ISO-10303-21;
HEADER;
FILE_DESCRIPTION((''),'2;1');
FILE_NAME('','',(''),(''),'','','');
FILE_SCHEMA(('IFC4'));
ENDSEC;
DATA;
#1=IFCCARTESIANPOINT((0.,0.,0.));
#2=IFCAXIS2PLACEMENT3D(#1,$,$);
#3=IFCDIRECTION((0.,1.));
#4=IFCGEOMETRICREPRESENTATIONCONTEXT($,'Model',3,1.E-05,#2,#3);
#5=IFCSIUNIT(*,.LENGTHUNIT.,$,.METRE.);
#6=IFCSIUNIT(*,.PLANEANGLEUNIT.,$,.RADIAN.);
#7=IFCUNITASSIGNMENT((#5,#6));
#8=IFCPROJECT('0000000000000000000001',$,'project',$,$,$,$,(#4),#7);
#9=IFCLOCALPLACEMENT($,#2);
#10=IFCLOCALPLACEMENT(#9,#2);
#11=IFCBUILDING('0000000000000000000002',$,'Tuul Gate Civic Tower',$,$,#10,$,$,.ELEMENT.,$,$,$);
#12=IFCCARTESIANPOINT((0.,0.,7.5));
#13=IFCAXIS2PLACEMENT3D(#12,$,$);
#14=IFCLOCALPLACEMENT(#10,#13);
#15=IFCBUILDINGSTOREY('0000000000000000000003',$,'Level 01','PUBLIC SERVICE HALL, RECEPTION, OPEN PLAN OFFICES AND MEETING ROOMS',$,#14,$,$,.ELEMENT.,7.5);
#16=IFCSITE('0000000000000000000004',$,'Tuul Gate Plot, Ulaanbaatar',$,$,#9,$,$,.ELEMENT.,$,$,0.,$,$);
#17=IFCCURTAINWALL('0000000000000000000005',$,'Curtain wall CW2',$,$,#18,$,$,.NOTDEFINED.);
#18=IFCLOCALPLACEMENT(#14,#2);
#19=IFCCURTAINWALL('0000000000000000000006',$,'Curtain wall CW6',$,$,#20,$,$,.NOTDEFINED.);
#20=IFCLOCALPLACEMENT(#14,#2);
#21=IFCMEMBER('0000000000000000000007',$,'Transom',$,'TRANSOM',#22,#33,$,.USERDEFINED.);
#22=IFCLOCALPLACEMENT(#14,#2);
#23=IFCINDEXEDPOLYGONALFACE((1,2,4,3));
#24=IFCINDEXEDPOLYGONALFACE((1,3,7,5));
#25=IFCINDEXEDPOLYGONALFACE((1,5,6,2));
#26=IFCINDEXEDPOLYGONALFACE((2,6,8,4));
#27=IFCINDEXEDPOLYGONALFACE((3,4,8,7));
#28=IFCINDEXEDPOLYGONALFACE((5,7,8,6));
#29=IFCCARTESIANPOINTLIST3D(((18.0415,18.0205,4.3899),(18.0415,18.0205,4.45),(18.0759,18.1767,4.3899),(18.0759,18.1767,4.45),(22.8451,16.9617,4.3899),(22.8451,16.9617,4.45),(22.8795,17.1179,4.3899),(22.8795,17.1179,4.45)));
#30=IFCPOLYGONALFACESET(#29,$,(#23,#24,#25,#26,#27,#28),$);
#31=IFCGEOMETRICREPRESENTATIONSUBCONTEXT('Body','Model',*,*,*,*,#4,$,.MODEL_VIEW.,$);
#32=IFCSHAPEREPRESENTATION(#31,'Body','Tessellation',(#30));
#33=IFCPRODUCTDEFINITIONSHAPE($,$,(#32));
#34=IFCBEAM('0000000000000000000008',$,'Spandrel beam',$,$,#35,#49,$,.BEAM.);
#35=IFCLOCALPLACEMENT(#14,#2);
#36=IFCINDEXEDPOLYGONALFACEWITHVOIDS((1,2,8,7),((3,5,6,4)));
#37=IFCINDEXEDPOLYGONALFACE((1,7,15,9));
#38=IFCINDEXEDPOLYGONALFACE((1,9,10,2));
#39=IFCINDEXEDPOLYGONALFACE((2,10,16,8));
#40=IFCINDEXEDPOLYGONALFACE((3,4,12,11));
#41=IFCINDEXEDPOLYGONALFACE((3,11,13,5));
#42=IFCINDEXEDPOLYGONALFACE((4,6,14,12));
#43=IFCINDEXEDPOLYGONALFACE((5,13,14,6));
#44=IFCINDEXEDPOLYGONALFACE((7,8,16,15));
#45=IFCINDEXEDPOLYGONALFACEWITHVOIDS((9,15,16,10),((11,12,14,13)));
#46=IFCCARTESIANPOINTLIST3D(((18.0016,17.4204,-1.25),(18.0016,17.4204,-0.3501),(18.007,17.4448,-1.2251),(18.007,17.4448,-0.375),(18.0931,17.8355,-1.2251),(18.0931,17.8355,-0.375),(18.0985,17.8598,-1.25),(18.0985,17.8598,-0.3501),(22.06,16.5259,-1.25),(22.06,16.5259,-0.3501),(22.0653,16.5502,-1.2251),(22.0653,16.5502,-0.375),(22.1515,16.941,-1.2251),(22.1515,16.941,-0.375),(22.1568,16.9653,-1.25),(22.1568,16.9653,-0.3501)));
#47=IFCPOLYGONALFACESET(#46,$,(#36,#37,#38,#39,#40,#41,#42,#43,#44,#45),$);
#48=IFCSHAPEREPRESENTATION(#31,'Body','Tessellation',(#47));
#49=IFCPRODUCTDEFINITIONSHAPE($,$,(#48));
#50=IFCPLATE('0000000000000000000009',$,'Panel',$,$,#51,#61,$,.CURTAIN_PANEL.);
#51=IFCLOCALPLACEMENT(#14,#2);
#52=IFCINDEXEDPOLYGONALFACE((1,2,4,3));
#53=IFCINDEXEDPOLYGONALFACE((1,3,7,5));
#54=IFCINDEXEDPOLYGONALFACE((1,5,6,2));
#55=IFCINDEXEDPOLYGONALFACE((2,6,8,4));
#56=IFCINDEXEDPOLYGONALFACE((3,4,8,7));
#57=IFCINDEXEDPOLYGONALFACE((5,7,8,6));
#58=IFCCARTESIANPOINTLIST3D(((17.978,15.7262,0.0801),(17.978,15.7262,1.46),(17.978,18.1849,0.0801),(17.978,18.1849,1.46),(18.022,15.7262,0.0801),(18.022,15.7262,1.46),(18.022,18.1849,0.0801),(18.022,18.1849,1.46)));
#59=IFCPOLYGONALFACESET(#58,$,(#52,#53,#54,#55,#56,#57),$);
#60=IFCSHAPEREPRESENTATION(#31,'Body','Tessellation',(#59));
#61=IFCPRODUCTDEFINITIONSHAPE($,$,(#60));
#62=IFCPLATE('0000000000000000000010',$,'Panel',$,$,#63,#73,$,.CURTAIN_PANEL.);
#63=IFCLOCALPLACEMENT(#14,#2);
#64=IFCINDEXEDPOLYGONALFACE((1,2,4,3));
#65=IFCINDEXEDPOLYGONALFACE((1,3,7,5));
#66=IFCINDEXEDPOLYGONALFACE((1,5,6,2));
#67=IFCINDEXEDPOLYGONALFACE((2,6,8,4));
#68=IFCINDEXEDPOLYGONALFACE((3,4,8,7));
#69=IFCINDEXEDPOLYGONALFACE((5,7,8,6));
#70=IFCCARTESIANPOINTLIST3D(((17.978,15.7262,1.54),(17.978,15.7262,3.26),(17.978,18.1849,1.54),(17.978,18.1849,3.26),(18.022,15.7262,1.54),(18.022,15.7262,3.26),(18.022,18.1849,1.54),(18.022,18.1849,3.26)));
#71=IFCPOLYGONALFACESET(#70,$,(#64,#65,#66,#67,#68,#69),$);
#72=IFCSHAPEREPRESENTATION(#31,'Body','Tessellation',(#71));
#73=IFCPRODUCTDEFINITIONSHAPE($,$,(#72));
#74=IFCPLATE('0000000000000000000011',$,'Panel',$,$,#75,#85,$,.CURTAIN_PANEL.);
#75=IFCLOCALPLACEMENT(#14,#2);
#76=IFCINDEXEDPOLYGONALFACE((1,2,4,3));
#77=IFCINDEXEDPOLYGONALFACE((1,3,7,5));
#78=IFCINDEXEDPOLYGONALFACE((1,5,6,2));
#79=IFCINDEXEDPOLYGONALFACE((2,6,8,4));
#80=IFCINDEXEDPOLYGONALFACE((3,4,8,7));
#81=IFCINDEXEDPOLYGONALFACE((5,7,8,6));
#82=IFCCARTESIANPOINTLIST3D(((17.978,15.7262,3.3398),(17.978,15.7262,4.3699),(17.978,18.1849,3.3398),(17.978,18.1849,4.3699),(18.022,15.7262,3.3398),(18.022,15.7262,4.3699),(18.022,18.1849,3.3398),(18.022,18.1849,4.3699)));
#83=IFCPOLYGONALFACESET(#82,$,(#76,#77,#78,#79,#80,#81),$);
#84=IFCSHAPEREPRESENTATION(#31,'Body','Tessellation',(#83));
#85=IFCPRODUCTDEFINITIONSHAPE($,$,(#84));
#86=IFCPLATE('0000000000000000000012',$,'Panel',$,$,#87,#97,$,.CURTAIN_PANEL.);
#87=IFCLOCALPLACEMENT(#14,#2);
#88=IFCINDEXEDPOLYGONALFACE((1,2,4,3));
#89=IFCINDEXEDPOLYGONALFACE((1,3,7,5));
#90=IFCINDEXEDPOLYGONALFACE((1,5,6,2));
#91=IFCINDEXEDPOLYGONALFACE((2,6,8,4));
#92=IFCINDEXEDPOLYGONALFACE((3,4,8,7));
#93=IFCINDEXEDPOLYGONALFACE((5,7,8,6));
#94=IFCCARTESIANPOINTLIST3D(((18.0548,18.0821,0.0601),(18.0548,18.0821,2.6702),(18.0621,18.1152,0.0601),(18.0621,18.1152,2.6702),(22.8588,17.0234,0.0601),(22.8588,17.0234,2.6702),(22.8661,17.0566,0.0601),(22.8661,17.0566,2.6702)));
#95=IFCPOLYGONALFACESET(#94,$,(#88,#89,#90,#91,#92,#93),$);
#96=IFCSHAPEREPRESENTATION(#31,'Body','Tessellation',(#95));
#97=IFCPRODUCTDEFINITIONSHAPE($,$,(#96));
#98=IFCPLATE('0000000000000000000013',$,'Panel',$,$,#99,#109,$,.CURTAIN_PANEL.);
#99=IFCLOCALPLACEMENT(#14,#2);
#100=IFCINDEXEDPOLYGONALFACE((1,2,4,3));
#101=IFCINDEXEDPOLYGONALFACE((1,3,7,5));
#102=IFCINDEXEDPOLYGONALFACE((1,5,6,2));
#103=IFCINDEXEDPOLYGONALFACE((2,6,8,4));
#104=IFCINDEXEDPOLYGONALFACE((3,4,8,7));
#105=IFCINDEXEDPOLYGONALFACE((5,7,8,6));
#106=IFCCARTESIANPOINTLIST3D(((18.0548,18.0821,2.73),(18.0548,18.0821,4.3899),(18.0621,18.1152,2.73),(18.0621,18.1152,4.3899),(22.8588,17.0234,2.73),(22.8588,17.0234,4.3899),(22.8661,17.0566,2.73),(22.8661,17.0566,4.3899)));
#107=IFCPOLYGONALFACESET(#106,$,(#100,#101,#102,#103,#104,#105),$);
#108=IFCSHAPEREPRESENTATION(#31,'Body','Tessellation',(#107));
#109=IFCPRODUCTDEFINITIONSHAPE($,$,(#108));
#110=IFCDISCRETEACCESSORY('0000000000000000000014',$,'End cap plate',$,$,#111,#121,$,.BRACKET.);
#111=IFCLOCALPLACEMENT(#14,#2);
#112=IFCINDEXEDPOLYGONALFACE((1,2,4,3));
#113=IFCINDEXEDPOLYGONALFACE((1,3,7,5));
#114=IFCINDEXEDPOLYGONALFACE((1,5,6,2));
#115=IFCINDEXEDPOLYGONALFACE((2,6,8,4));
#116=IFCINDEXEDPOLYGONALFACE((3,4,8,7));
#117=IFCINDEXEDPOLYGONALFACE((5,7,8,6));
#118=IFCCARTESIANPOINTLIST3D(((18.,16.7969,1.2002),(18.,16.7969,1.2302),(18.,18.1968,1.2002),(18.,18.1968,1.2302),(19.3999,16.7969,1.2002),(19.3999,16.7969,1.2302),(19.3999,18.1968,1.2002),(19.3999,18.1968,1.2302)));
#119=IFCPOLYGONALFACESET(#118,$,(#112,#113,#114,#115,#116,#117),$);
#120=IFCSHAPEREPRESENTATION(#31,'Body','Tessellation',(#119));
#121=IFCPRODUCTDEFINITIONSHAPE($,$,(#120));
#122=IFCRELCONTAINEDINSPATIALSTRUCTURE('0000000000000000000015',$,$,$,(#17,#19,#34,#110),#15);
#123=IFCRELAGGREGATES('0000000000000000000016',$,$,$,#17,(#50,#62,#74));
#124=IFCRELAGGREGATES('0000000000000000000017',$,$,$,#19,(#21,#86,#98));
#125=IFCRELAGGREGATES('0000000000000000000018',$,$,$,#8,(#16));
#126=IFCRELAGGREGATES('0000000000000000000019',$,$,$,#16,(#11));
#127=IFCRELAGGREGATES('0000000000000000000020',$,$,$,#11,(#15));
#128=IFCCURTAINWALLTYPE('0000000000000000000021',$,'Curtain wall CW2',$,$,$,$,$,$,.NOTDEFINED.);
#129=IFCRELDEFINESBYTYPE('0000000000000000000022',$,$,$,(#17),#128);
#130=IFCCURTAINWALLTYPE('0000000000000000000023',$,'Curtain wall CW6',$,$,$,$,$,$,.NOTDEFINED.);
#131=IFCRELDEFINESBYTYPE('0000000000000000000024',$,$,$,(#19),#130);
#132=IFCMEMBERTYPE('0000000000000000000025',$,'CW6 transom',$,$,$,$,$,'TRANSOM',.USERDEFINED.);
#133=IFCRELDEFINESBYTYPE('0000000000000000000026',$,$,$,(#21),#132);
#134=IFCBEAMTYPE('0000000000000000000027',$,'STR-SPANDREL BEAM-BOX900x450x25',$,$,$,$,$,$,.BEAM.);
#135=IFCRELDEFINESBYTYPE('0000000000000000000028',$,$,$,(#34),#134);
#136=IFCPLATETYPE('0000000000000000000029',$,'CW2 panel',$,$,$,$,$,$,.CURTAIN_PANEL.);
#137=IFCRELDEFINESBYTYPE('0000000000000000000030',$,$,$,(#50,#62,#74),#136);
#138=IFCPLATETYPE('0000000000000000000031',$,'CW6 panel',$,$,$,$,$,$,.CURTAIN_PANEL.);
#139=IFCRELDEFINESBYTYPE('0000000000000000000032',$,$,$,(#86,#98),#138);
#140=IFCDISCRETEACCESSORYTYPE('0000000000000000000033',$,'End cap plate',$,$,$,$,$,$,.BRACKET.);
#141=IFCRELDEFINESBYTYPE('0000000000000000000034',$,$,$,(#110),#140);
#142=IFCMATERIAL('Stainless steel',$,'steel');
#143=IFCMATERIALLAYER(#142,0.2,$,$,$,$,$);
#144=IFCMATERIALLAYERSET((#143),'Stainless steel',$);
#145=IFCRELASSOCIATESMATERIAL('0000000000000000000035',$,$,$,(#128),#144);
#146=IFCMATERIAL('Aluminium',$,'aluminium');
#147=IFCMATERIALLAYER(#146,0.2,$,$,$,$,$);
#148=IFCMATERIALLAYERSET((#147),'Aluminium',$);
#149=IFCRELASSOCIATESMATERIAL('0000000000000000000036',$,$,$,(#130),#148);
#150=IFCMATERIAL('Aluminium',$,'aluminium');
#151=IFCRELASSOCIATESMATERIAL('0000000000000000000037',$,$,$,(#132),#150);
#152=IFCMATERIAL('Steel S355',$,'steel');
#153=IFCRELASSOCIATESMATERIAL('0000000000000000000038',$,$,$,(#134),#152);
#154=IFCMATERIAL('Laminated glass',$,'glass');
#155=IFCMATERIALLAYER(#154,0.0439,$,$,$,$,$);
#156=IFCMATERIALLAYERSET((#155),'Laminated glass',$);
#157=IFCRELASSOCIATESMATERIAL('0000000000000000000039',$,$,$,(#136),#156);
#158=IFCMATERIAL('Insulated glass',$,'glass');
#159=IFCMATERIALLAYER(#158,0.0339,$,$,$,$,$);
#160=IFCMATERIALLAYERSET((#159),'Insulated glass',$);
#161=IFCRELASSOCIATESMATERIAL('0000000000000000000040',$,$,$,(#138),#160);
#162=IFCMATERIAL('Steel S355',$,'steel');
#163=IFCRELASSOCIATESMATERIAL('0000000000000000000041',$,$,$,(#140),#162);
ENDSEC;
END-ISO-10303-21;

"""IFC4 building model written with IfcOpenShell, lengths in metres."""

from ifc_helpers import new_model, si_unit, direction, frame, origin, origin_2d, place, context, subcontext, project, spatial, rectangle, hollow_rectangle, extrude, material, layer, layer_set, material_profile, profile_set, type_object, element, aggregate, save


model = new_model("IFC4")

# Units and contexts
model_context = context("Model", 3, precision=1e-05, world=origin(), true_north=direction((0.0, 1.0)))
body_context = subcontext(model_context, "Body", "Model", "MODEL_VIEW")
ifc_project = project(units=[si_unit("LENGTHUNIT", "METRE"), si_unit("PLANEANGLEUNIT", "RADIAN")], contexts=[model_context])

# Site, building, storey
site_placement = place(None, origin())
site = spatial("IfcSite", under=ifc_project, at=site_placement, Name="Tuul Gate Plot, Ulaanbaatar", CompositionType="ELEMENT", RefElevation=0.0)
building_placement = place(site_placement, origin())
building = spatial("IfcBuilding", under=site, at=building_placement, Name="Tuul Gate Civic Tower", CompositionType="ELEMENT")
storey_placement = place(building_placement, frame((0.0, 0.0, 7.5)))
storey = spatial("IfcBuildingStorey", under=building, at=storey_placement, Name="Level 01", Description="PUBLIC SERVICE HALL, RECEPTION, OPEN PLAN OFFICES AND MEETING ROOMS", CompositionType="ELEMENT", Elevation=7.5)

# Curtain walls, member
ifc_material_1 = material(Name="Stainless steel", Category="steel")
ifc_layer_1 = layer(ifc_material_1, 0.2)
ifc_layer_set_1 = layer_set([ifc_layer_1], Name="Stainless steel")
curtain_wall_type_1 = type_object("IfcCurtainWallType", Name="Curtain wall CW2", PredefinedType="NOTDEFINED", material=ifc_layer_set_1)
curtain_wall_1_placement = place(storey_placement, origin())
curtain_wall_1 = element("IfcCurtainWall", 1, at=curtain_wall_1_placement, inside=storey, type_object=curtain_wall_type_1, Name="Curtain wall CW2", PredefinedType="NOTDEFINED")
ifc_material_2 = material(Name="Aluminium", Category="aluminium")
ifc_layer_2 = layer(ifc_material_2, 0.2)
ifc_layer_set_2 = layer_set([ifc_layer_2], Name="Aluminium")
curtain_wall_type_2 = type_object("IfcCurtainWallType", Name="Curtain wall CW6", PredefinedType="NOTDEFINED", material=ifc_layer_set_2)
curtain_wall_2_placement = place(storey_placement, origin())
curtain_wall_2 = element("IfcCurtainWall", 2, at=curtain_wall_2_placement, inside=storey, type_object=curtain_wall_type_2, Name="Curtain wall CW6", PredefinedType="NOTDEFINED")
ifc_material_3 = material(Name="Aluminium", Category="aluminium")
ifc_material_profile_1 = material_profile(ifc_material_3, rectangle(XDim=0.1599, YDim=0.0601, at=origin_2d()), Name="CW6 transom")
ifc_profile_set_1 = profile_set([ifc_material_profile_1], Name="Aluminium")
member_type_1 = type_object("IfcMemberType", Name="CW6 transom", ElementType="TRANSOM", PredefinedType="USERDEFINED", material=ifc_profile_set_1)
member_1_placement = place(storey_placement, frame((22.8623, 17.0398, 4.4199), z_axis=(-0.976558, 0.215254, 0.0), x_axis=(-0.215254, -0.976558, 0.0)))
member_1 = element("IfcMember", 3, at=member_1_placement, type_object=member_type_1, Name="Transom", ObjectType="TRANSOM", PredefinedType="USERDEFINED", context=body_context, shape_type="SweptSolid", body=[
    extrude(rectangle(XDim=0.1599, YDim=0.0601, at=origin_2d()), origin(), (0.0, 0.0, 1.0), 4.9189),
])

# Beam
ifc_material_4 = material(Name="Steel S355", Category="steel")
ifc_material_profile_2 = material_profile(ifc_material_4, hollow_rectangle(XDim=0.45, YDim=0.8999, WallThickness=0.0249, at=origin_2d()), Name="BOX900x450x25")
ifc_profile_set_2 = profile_set([ifc_material_profile_2], Name="Steel S355")
beam_type = type_object("IfcBeamType", Name="STR-SPANDREL BEAM-BOX900x450x25", PredefinedType="BEAM", material=ifc_profile_set_2)
beam_placement = place(storey_placement, frame((22.1084, 16.7456, -0.8), z_axis=(-0.976559, 0.215251, 0.0), x_axis=(-0.215251, -0.976559, 0.0)))
element("IfcBeam", 4, at=beam_placement, inside=storey, type_object=beam_type, Name="Spandrel beam", PredefinedType="BEAM", context=body_context, shape_type="SweptSolid", body=[
    extrude(hollow_rectangle(XDim=0.45, YDim=0.8999, WallThickness=0.0249, at=origin_2d()), origin(), (0.0, 0.0, 1.0), 4.1558),
])

# Plates
ifc_material_5 = material(Name="Laminated glass", Category="glass")
ifc_layer_3 = layer(ifc_material_5, 0.0439)
ifc_layer_set_3 = layer_set([ifc_layer_3], Name="Laminated glass")
plate_type_1 = type_object("IfcPlateType", Name="CW2 panel", PredefinedType="CURTAIN_PANEL", material=ifc_layer_set_3)
plate_1_placement = place(storey_placement, frame((18.0, 16.9556, 0.0801), z_axis=(0.0, 0.0, 1.0), x_axis=(0.0, 1.0, 0.0)))
plate_1 = element("IfcPlate", 5, at=plate_1_placement, type_object=plate_type_1, Name="Panel", PredefinedType="CURTAIN_PANEL", context=body_context, shape_type="SweptSolid", body=[
    extrude(rectangle(XDim=2.4587, YDim=0.0439, at=origin_2d()), origin(), (0.0, 0.0, 1.0), 1.3799),
])
plate_2_placement = place(storey_placement, frame((18.0, 16.9556, 1.54), z_axis=(0.0, 0.0, 1.0), x_axis=(0.0, 1.0, 0.0)))
plate_2 = element("IfcPlate", 6, at=plate_2_placement, type_object=plate_type_1, Name="Panel", PredefinedType="CURTAIN_PANEL", context=body_context, shape_type="SweptSolid", body=[
    extrude(rectangle(XDim=2.4587, YDim=0.0439, at=origin_2d()), origin(), (0.0, 0.0, 1.0), 1.72),
])
plate_3_placement = place(storey_placement, frame((18.0, 16.9556, 3.3398), z_axis=(0.0, 0.0, 1.0), x_axis=(0.0, 1.0, 0.0)))
plate_3 = element("IfcPlate", 7, at=plate_3_placement, type_object=plate_type_1, Name="Panel", PredefinedType="CURTAIN_PANEL", context=body_context, shape_type="SweptSolid", body=[
    extrude(rectangle(XDim=2.4587, YDim=0.0439, at=origin_2d()), origin(), (0.0, 0.0, 1.0), 1.03),
])
aggregate(curtain_wall_1, [plate_1, plate_2, plate_3])
ifc_material_6 = material(Name="Insulated glass", Category="glass")
ifc_layer_4 = layer(ifc_material_6, 0.0339)
ifc_layer_set_4 = layer_set([ifc_layer_4], Name="Insulated glass")
plate_type_2 = type_object("IfcPlateType", Name="CW6 panel", PredefinedType="CURTAIN_PANEL", material=ifc_layer_set_4)
plate_4_placement = place(storey_placement, frame((20.4604, 17.5693, 0.0601), z_axis=(0.0, 0.0, 1.0), x_axis=(-0.976569, 0.215207, 0.0)))
plate_4 = element("IfcPlate", 8, at=plate_4_placement, type_object=plate_type_2, Name="Panel", PredefinedType="CURTAIN_PANEL", context=body_context, shape_type="SweptSolid", body=[
    extrude(rectangle(XDim=4.9192, YDim=0.0339, at=origin_2d()), origin(), (0.0, 0.0, 1.0), 2.6101),
])
plate_5_placement = place(storey_placement, frame((20.4604, 17.5693, 2.73), z_axis=(0.0, 0.0, 1.0), x_axis=(-0.976569, 0.215207, 0.0)))
plate_5 = element("IfcPlate", 9, at=plate_5_placement, type_object=plate_type_2, Name="Panel", PredefinedType="CURTAIN_PANEL", context=body_context, shape_type="SweptSolid", body=[
    extrude(rectangle(XDim=4.9192, YDim=0.0339, at=origin_2d()), origin(), (0.0, 0.0, 1.0), 1.6599),
])
aggregate(curtain_wall_2, [member_1, plate_4, plate_5])

# Discrete accessory
ifc_material_7 = material(Name="Steel S355", Category="steel")
discrete_accessory_type = type_object("IfcDiscreteAccessoryType", Name="End cap plate", PredefinedType="BRACKET", material=ifc_material_7)
discrete_accessory_placement = place(storey_placement, frame((18.7, 17.4968, 1.2002), z_axis=(0.0, 0.0, 1.0), x_axis=(1.0, 0.0, 0.0)))
element("IfcDiscreteAccessory", 10, at=discrete_accessory_placement, inside=storey, type_object=discrete_accessory_type, Name="End cap plate", PredefinedType="BRACKET", context=body_context, shape_type="SweptSolid", body=[
    extrude(rectangle(XDim=1.3999, YDim=1.3999, at=origin_2d()), origin(), (0.0, 0.0, 1.0), 0.03),
])

save(model, "model.ifc")
